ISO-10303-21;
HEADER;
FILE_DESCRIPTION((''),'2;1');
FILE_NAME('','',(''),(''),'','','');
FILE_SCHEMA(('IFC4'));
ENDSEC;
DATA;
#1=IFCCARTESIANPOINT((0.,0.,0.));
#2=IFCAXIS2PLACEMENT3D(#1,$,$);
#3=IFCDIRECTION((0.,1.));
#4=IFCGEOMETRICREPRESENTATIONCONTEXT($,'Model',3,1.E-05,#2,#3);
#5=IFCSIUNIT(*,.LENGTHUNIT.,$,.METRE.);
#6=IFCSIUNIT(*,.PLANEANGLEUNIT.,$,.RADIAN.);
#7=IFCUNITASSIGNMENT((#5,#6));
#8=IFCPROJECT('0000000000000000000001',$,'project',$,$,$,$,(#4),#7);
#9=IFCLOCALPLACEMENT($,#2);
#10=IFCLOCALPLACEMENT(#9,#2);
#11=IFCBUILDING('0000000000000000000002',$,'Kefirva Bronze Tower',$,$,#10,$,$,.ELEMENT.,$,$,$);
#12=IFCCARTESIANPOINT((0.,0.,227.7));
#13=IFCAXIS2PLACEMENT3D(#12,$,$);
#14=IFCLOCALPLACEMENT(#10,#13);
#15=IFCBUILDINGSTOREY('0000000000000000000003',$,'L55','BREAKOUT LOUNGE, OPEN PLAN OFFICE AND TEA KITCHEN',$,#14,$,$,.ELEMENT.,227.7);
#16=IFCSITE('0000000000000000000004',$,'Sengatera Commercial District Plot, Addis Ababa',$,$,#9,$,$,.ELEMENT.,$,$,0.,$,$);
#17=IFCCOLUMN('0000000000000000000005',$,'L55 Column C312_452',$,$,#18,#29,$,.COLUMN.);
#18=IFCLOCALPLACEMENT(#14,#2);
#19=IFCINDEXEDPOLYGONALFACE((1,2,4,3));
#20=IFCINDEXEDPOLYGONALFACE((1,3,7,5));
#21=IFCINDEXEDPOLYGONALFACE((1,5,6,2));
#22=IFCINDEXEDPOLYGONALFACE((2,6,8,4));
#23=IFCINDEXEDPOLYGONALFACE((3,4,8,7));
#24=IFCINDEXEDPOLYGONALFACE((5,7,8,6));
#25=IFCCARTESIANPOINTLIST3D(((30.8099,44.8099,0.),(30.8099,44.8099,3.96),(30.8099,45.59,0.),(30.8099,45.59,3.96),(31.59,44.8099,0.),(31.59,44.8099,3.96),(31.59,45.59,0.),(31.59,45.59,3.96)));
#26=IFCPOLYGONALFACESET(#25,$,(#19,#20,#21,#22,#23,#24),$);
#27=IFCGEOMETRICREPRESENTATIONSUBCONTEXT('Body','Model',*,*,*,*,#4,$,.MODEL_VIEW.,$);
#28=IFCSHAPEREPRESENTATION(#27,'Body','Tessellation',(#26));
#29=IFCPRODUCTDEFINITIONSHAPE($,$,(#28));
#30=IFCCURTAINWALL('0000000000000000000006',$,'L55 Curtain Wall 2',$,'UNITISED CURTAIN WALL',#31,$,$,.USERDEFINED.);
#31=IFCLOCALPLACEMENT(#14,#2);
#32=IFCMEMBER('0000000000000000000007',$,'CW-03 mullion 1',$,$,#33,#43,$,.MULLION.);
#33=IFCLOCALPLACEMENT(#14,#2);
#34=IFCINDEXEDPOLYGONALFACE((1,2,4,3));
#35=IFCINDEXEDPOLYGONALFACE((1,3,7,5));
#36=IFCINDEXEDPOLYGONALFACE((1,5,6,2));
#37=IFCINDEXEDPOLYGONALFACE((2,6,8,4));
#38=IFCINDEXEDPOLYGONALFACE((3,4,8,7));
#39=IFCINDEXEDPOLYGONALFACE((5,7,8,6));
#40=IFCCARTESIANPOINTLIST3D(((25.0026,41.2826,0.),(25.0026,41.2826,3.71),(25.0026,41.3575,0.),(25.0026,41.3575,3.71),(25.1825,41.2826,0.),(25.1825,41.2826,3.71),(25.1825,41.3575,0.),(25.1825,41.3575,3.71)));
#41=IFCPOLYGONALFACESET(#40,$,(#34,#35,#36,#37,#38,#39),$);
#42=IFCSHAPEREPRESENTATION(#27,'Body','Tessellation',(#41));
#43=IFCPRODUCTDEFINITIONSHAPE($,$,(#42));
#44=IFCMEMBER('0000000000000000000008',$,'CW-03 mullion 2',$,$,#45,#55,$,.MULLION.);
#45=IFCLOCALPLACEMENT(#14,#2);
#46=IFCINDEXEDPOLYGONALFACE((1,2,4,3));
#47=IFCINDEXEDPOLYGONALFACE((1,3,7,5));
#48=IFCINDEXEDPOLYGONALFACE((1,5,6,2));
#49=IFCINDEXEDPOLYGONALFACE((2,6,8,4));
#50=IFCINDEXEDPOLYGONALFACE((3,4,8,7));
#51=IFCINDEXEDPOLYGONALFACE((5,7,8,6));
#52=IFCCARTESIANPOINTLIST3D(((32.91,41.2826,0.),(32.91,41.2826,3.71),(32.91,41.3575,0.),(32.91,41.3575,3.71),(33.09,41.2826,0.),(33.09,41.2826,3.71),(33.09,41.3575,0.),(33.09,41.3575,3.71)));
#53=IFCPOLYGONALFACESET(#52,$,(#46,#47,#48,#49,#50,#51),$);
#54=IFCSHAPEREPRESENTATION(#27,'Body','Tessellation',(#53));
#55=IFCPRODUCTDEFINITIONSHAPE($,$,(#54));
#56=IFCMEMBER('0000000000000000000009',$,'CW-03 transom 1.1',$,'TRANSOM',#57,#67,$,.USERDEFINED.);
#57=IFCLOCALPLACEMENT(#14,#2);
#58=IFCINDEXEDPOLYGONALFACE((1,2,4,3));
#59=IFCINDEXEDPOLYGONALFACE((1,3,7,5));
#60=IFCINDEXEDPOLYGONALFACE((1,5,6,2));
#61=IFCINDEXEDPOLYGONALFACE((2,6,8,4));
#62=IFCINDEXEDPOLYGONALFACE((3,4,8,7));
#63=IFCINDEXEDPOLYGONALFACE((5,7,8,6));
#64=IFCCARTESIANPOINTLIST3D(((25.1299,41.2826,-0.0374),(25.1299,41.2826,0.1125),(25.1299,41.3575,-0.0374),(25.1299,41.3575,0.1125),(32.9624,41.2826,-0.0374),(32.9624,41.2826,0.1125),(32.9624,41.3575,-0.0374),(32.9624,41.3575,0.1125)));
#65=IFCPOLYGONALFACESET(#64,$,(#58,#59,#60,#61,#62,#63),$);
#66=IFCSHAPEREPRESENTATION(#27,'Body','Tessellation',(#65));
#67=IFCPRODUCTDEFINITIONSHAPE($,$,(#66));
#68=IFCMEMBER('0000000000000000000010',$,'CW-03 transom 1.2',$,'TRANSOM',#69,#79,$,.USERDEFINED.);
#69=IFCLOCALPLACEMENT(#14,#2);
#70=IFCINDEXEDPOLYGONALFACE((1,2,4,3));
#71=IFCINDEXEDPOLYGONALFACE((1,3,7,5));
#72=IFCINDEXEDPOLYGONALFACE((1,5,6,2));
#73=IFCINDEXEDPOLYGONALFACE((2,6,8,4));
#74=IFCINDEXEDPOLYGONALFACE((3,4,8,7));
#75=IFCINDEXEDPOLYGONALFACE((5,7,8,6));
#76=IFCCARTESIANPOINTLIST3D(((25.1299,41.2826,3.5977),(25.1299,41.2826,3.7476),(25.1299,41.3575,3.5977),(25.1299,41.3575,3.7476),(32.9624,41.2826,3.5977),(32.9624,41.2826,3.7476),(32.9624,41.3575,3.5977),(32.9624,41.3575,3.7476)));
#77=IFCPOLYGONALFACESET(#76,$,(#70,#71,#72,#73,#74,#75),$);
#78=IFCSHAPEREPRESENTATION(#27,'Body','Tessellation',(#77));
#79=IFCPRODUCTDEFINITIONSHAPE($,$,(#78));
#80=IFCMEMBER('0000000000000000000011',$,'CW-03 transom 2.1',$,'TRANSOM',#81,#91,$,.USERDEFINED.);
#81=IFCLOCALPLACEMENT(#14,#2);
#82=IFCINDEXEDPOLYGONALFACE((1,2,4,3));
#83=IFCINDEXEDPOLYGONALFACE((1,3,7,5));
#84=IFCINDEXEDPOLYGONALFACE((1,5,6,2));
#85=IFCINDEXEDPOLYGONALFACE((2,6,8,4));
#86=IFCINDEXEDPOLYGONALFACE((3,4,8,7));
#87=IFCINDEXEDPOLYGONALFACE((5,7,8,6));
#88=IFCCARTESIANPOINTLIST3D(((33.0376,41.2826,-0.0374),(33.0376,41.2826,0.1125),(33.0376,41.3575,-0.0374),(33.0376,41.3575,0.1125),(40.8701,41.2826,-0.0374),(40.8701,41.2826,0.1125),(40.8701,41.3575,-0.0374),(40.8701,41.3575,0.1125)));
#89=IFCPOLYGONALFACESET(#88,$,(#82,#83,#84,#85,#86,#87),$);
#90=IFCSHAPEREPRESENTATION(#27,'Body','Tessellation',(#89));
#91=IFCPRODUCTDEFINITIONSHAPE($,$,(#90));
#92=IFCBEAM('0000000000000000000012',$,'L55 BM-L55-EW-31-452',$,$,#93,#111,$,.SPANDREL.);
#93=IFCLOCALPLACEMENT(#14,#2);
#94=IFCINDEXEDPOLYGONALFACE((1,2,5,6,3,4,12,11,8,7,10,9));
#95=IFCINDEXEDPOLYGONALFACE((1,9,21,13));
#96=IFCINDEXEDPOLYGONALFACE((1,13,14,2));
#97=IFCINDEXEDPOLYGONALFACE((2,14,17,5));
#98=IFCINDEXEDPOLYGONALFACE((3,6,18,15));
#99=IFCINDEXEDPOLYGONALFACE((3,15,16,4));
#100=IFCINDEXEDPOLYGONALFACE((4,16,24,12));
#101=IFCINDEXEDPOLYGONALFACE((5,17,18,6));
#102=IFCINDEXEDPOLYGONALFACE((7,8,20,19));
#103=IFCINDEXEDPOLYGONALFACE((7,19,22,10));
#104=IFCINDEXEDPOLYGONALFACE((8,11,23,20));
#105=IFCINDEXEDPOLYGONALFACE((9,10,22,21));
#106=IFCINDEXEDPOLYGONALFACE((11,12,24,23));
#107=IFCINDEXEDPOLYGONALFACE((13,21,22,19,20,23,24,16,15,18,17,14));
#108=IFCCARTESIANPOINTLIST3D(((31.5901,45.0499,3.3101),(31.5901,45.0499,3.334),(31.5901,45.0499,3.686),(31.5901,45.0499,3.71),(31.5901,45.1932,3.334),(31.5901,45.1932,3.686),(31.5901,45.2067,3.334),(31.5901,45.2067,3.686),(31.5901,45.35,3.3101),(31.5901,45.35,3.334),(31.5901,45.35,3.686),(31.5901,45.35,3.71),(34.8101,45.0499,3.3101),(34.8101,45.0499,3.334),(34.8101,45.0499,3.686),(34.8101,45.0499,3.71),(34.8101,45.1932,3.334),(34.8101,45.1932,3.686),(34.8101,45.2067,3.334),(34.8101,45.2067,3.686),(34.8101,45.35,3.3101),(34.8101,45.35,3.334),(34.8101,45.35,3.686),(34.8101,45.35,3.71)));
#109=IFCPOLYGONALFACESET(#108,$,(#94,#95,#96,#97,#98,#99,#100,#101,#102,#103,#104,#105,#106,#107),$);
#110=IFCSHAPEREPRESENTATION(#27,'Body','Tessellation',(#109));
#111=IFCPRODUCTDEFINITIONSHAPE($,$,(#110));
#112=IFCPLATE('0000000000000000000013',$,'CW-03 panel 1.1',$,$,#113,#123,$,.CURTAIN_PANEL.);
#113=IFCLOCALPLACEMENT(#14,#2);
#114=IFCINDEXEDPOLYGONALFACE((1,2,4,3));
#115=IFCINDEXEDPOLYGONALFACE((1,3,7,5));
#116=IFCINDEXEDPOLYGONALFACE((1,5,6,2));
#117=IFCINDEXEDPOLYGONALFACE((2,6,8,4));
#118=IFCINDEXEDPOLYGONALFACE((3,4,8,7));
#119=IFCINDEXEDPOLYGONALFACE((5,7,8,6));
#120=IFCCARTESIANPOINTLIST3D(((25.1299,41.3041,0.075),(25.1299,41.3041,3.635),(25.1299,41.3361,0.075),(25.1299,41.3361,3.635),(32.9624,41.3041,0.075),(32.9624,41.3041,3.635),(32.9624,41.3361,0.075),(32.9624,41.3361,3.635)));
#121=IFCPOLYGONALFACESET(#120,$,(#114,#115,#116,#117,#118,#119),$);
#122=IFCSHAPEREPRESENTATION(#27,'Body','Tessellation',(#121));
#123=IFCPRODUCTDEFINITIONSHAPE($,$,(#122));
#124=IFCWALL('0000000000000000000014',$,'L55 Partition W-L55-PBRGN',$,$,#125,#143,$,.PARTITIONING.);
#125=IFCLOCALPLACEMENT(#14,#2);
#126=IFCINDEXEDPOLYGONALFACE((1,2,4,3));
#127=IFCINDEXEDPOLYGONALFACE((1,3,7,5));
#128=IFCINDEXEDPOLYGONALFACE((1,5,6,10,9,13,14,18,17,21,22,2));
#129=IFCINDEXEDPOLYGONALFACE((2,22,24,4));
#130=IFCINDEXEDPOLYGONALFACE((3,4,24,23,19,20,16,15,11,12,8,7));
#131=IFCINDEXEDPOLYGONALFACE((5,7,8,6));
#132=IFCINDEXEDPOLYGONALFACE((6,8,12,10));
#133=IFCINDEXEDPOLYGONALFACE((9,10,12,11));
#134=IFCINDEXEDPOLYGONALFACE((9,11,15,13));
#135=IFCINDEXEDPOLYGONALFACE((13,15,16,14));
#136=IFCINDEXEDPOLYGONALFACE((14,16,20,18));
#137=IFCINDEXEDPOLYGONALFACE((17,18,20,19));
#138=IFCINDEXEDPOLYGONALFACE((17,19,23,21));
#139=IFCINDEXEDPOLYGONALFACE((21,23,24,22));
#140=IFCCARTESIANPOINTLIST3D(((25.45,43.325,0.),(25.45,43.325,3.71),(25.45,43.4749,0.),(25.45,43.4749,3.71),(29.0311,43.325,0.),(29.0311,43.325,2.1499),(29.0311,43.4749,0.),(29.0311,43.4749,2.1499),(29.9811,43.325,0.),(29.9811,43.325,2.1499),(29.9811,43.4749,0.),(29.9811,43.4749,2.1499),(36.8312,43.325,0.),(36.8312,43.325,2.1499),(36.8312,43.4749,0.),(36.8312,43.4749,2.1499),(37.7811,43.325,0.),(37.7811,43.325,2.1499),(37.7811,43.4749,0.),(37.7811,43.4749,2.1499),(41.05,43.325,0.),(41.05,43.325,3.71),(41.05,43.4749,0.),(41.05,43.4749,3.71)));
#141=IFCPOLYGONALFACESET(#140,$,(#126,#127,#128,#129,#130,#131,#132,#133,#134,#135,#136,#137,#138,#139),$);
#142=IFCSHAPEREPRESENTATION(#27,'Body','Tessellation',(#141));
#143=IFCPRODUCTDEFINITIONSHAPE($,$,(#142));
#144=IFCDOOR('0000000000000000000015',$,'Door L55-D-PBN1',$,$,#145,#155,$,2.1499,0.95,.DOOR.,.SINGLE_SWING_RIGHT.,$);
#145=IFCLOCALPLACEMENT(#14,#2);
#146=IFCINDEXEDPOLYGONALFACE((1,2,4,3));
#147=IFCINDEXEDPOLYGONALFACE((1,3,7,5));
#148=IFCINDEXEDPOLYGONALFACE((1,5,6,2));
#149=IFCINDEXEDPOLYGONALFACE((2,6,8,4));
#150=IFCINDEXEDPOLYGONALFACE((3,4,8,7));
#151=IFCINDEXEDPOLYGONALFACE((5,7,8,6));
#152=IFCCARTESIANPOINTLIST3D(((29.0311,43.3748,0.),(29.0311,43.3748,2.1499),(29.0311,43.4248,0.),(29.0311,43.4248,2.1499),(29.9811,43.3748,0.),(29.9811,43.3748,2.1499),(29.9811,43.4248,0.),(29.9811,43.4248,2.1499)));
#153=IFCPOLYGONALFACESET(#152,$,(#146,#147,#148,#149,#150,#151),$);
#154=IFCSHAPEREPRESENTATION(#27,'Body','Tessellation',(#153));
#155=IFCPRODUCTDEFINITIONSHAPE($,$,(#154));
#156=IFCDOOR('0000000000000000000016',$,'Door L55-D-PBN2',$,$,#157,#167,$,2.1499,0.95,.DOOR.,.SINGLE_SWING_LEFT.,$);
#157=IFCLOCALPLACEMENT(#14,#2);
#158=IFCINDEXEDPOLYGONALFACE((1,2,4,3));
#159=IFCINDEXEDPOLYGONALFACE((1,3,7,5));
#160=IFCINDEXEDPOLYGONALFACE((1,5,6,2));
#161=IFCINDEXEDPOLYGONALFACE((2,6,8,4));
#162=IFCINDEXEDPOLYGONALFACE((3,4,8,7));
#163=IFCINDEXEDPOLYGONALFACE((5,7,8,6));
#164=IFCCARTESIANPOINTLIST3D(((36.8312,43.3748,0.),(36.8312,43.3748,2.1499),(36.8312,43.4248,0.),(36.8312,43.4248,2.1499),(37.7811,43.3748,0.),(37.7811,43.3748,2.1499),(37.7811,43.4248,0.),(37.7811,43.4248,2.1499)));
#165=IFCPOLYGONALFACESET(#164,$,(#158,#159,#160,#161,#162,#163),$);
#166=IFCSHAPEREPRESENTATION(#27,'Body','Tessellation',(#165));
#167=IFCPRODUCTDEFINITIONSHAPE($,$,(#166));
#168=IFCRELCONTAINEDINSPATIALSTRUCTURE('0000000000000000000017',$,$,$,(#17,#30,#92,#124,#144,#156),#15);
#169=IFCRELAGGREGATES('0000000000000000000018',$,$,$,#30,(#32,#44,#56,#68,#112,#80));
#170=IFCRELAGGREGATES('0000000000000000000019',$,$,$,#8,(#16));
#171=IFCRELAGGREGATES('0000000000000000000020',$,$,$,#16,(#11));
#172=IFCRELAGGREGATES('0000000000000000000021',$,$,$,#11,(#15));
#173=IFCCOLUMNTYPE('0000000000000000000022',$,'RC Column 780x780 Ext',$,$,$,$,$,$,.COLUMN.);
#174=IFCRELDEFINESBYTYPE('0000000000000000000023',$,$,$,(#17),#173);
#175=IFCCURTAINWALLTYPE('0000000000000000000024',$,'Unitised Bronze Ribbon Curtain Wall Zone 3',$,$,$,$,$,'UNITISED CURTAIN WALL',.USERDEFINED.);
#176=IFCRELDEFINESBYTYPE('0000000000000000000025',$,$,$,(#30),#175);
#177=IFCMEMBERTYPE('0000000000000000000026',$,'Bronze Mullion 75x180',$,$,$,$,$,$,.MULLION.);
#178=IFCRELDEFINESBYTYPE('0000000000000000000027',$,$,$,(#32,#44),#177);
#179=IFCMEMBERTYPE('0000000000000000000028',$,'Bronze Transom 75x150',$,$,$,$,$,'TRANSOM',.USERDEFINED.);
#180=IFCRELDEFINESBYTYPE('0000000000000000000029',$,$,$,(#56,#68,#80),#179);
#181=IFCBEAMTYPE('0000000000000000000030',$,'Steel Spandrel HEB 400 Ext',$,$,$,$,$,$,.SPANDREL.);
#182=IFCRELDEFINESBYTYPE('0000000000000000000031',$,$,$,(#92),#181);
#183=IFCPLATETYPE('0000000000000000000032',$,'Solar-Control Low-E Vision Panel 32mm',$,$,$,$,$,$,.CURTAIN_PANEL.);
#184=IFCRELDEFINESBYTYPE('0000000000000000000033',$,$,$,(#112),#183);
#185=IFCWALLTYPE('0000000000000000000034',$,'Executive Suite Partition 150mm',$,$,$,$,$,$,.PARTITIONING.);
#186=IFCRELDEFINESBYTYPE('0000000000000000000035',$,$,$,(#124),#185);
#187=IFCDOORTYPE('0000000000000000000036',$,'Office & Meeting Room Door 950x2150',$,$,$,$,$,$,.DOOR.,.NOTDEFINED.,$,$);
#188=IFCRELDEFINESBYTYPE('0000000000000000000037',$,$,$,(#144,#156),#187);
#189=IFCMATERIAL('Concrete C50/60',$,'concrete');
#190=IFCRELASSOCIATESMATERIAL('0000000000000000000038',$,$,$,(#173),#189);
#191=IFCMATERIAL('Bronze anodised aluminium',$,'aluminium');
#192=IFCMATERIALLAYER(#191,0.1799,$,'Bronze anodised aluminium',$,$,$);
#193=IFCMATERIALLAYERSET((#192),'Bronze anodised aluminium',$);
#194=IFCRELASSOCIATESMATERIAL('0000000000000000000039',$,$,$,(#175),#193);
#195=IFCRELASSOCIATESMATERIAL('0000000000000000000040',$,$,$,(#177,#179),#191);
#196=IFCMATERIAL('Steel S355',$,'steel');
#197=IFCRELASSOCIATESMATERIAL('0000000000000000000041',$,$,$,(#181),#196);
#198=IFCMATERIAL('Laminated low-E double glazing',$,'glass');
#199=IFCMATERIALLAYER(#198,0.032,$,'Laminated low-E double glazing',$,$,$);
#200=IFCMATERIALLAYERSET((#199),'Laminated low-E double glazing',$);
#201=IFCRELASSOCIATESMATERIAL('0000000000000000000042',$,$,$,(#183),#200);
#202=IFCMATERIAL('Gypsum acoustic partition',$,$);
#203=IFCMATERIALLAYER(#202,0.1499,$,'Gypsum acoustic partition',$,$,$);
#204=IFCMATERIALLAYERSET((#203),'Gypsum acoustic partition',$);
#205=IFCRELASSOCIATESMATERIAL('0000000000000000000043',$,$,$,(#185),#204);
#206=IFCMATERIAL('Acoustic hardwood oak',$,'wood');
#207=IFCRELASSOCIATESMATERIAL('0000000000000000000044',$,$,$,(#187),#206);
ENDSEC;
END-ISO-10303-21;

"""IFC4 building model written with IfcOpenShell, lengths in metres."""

from ifc_helpers import new_model, si_unit, direction, frame, frame_2d, origin, origin_2d, place, context, subcontext, project, spatial, rectangle, i_section, extrude, material, layer, layer_set, material_profile, profile_set, type_object, element, fill, aggregate, save


model = new_model("IFC4")

# Units and contexts
model_context = context("Model", 3, precision=1e-05, world=origin(), true_north=direction((0.0, 1.0)))
body_context = subcontext(model_context, "Body", "Model", "MODEL_VIEW")
ifc_project = project(units=[si_unit("LENGTHUNIT", "METRE"), si_unit("PLANEANGLEUNIT", "RADIAN")], contexts=[model_context])

# Site, building, storey
site_placement = place(None, origin())
site = spatial("IfcSite", under=ifc_project, at=site_placement, Name="Sengatera Commercial District Plot, Addis Ababa", CompositionType="ELEMENT", RefElevation=0.0)
building_placement = place(site_placement, origin())
building = spatial("IfcBuilding", under=site, at=building_placement, Name="Kefirva Bronze Tower", CompositionType="ELEMENT")
storey_placement = place(building_placement, frame((0.0, 0.0, 227.7)))
storey = spatial("IfcBuildingStorey", under=building, at=storey_placement, Name="L55", Description="BREAKOUT LOUNGE, OPEN PLAN OFFICE AND TEA KITCHEN", CompositionType="ELEMENT", Elevation=227.7)

# Column
ifc_material_1 = material(Name="Concrete C50/60", Category="concrete")
ifc_material_profile_1 = material_profile(ifc_material_1, rectangle(XDim=0.78, YDim=0.78, at=origin_2d()), Name="RC 780x780")
ifc_profile_set_1 = profile_set([ifc_material_profile_1], Name="Concrete C50/60")
column_type = type_object("IfcColumnType", Name="RC Column 780x780 Ext", PredefinedType="COLUMN", material=ifc_profile_set_1)
column_placement = place(storey_placement, frame((31.2, 45.2, 0.0), z_axis=(0.0, 0.0, 1.0), x_axis=(1.0, 0.0, 0.0)))
element("IfcColumn", 1, at=column_placement, inside=storey, type_object=column_type, Name="L55 Column C312_452", PredefinedType="COLUMN", context=body_context, shape_type="SweptSolid", body=[
    extrude(rectangle(XDim=0.78, YDim=0.78, at=origin_2d()), origin(), (0.0, 0.0, 1.0), 3.96),
])

# Curtain wall, members
ifc_material_2 = material(Name="Bronze anodised aluminium", Category="aluminium")
ifc_layer_1 = layer(ifc_material_2, 0.1799, Name="Bronze anodised aluminium")
ifc_layer_set_1 = layer_set([ifc_layer_1], Name="Bronze anodised aluminium")
curtain_wall_type = type_object("IfcCurtainWallType", Name="Unitised Bronze Ribbon Curtain Wall Zone 3", ElementType="UNITISED CURTAIN WALL", PredefinedType="USERDEFINED", material=ifc_layer_set_1)
curtain_wall_placement = place(storey_placement, origin())
curtain_wall = element("IfcCurtainWall", 2, at=curtain_wall_placement, inside=storey, type_object=curtain_wall_type, Name="L55 Curtain Wall 2", ObjectType="UNITISED CURTAIN WALL", PredefinedType="USERDEFINED")
ifc_material_profile_2 = material_profile(ifc_material_2, rectangle(XDim=0.075, YDim=0.1799, at=origin_2d()), Name="ALU 75x180")
ifc_profile_set_2 = profile_set([ifc_material_profile_2], Name="Bronze anodised aluminium")
member_type_1 = type_object("IfcMemberType", Name="Bronze Mullion 75x180", PredefinedType="MULLION", material=ifc_profile_set_2)
member_1_placement = place(storey_placement, frame((25.0925, 41.3201, 0.0), z_axis=(0.0, 0.0, 1.0), x_axis=(0.0, 1.0, 0.0)))
member_1 = element("IfcMember", 3, at=member_1_placement, type_object=member_type_1, Name="CW-03 mullion 1", PredefinedType="MULLION", context=body_context, shape_type="SweptSolid", body=[
    extrude(rectangle(XDim=0.075, YDim=0.1799, at=origin_2d()), origin(), (0.0, 0.0, 1.0), 3.71),
])
member_2_placement = place(storey_placement, frame((33.0, 41.3201, 0.0), z_axis=(0.0, 0.0, 1.0), x_axis=(0.0, 1.0, 0.0)))
member_2 = element("IfcMember", 4, at=member_2_placement, type_object=member_type_1, Name="CW-03 mullion 2", PredefinedType="MULLION", context=body_context, shape_type="SweptSolid", body=[
    extrude(rectangle(XDim=0.075, YDim=0.1799, at=origin_2d()), origin(), (0.0, 0.0, 1.0), 3.71),
])
ifc_material_profile_3 = material_profile(ifc_material_2, rectangle(XDim=0.075, YDim=0.1499, at=origin_2d()), Name="ALU 75x150")
ifc_profile_set_3 = profile_set([ifc_material_profile_3], Name="Bronze anodised aluminium")
member_type_2 = type_object("IfcMemberType", Name="Bronze Transom 75x150", ElementType="TRANSOM", PredefinedType="USERDEFINED", material=ifc_profile_set_3)
member_3_placement = place(storey_placement, frame((25.1299, 41.3201, 0.0376), z_axis=(1.0, 0.0, 0.0), x_axis=(0.0, 1.0, 0.0)))
member_3 = element("IfcMember", 5, at=member_3_placement, type_object=member_type_2, Name="CW-03 transom 1.1", ObjectType="TRANSOM", PredefinedType="USERDEFINED", context=body_context, shape_type="SweptSolid", body=[
    extrude(rectangle(XDim=0.075, YDim=0.1499, at=origin_2d()), origin(), (0.0, 0.0, 1.0), 7.8325),
])
member_4_placement = place(storey_placement, frame((25.1299, 41.3201, 3.6726), z_axis=(1.0, 0.0, 0.0), x_axis=(0.0, 1.0, 0.0)))
member_4 = element("IfcMember", 6, at=member_4_placement, type_object=member_type_2, Name="CW-03 transom 1.2", ObjectType="TRANSOM", PredefinedType="USERDEFINED", context=body_context, shape_type="SweptSolid", body=[
    extrude(rectangle(XDim=0.075, YDim=0.1499, at=origin_2d()), origin(), (0.0, 0.0, 1.0), 7.8325),
])
member_5_placement = place(storey_placement, frame((33.0376, 41.3201, 0.0376), z_axis=(1.0, 0.0, 0.0), x_axis=(0.0, 1.0, 0.0)))
member_5 = element("IfcMember", 7, at=member_5_placement, type_object=member_type_2, Name="CW-03 transom 2.1", ObjectType="TRANSOM", PredefinedType="USERDEFINED", context=body_context, shape_type="SweptSolid", body=[
    extrude(rectangle(XDim=0.075, YDim=0.1499, at=origin_2d()), origin(), (0.0, 0.0, 1.0), 7.8325),
])

# Beam
ifc_material_3 = material(Name="Steel S355", Category="steel")
ifc_material_profile_4 = material_profile(ifc_material_3, i_section(OverallWidth=0.3, OverallDepth=0.3999, WebThickness=0.0134, FlangeThickness=0.0239, at=origin_2d()), Name="HEB 400")
ifc_profile_set_4 = profile_set([ifc_material_profile_4], Name="Steel S355")
beam_type = type_object("IfcBeamType", Name="Steel Spandrel HEB 400 Ext", PredefinedType="SPANDREL", material=ifc_profile_set_4)
beam_placement = place(storey_placement, frame((31.5901, 45.2, 3.51), z_axis=(1.0, 0.0, 0.0), x_axis=(0.0, 1.0, 0.0)))
element("IfcBeam", 8, at=beam_placement, inside=storey, type_object=beam_type, Name="L55 BM-L55-EW-31-452", PredefinedType="SPANDREL", context=body_context, shape_type="SweptSolid", body=[
    extrude(i_section(OverallWidth=0.3, OverallDepth=0.3999, WebThickness=0.0134, FlangeThickness=0.0239, at=origin_2d()), origin(), (0.0, 0.0, 1.0), 3.22),
])

# Plate
ifc_material_4 = material(Name="Laminated low-E double glazing", Category="glass")
ifc_layer_2 = layer(ifc_material_4, 0.032, Name="Laminated low-E double glazing")
ifc_layer_set_2 = layer_set([ifc_layer_2], Name="Laminated low-E double glazing")
plate_type = type_object("IfcPlateType", Name="Solar-Control Low-E Vision Panel 32mm", PredefinedType="CURTAIN_PANEL", material=ifc_layer_set_2)
plate_placement = place(storey_placement, frame((29.0461, 41.3201, 0.075), z_axis=(0.0, 0.0, 1.0), x_axis=(1.0, 0.0, 0.0)))
plate = element("IfcPlate", 9, at=plate_placement, type_object=plate_type, Name="CW-03 panel 1.1", PredefinedType="CURTAIN_PANEL", context=body_context, shape_type="SweptSolid", body=[
    extrude(rectangle(XDim=7.8325, YDim=0.032, at=origin_2d()), origin(), (0.0, 0.0, 1.0), 3.5601),
])
aggregate(curtain_wall, [member_1, member_2, member_3, member_4, plate, member_5])

# Wall, openings, doors
ifc_material_5 = material(Name="Gypsum acoustic partition")
ifc_layer_3 = layer(ifc_material_5, 0.1499, Name="Gypsum acoustic partition")
ifc_layer_set_3 = layer_set([ifc_layer_3], Name="Gypsum acoustic partition")
wall_type = type_object("IfcWallType", Name="Executive Suite Partition 150mm", PredefinedType="PARTITIONING", material=ifc_layer_set_3)
wall_1_placement = place(storey_placement, frame((25.45, 43.3999, 0.0), z_axis=(0.0, 0.0, 1.0), x_axis=(1.0, 0.0, 0.0)))
wall_1 = element("IfcWall", 10, at=wall_1_placement, inside=storey, type_object=wall_type, Name="L55 Partition W-L55-PBRGN", PredefinedType="PARTITIONING", context=body_context, shape_type="SweptSolid", body=[
    extrude(rectangle(XDim=15.6001, YDim=0.1499, at=frame_2d((7.8, 0.0))), origin(), (0.0, 0.0, 1.0), 3.71),
])
opening_1_placement = place(wall_1_placement, frame((3.5811, 0.0, 0.0)))
opening_1 = element("IfcOpeningElement", 11, at=opening_1_placement, cuts=wall_1, PredefinedType="OPENING", context=body_context, shape_type="SweptSolid", body=[
    extrude(rectangle(XDim=0.95, YDim=2.1499, at=frame_2d((0.4751, 1.075))), frame((0.0, 0.085, 0.0), z_axis=(0.0, -1.0, 0.0), x_axis=(1.0, 0.0, 0.0)), (0.0, 0.0, 1.0), 0.1699),
])
opening_2_placement = place(wall_1_placement, frame((11.3811, 0.0, 0.0)))
opening_2 = element("IfcOpeningElement", 12, at=opening_2_placement, cuts=wall_1, PredefinedType="OPENING", context=body_context, shape_type="SweptSolid", body=[
    extrude(rectangle(XDim=0.95, YDim=2.1499, at=frame_2d((0.4751, 1.075))), frame((0.0, 0.085, 0.0), z_axis=(0.0, -1.0, 0.0), x_axis=(1.0, 0.0, 0.0)), (0.0, 0.0, 1.0), 0.1699),
])
ifc_material_6 = material(Name="Acoustic hardwood oak", Category="wood")
door_type = type_object("IfcDoorType", Name="Office & Meeting Room Door 950x2150", OperationType="NOTDEFINED", PredefinedType="DOOR", material=ifc_material_6)
door_1_placement = place(opening_1_placement, origin())
door_1 = element("IfcDoor", 13, at=door_1_placement, inside=storey, type_object=door_type, Name="Door L55-D-PBN1", OperationType="SINGLE_SWING_RIGHT", OverallHeight=2.1499, OverallWidth=0.95, PredefinedType="DOOR", context=body_context, shape_type="SweptSolid", body=[
    extrude(rectangle(XDim=0.95, YDim=2.1499, at=frame_2d((0.4751, 1.075))), frame((0.0, 0.0249, 0.0), z_axis=(0.0, -1.0, 0.0), x_axis=(1.0, 0.0, 0.0)), (0.0, 0.0, 1.0), 0.05),
])
fill(opening_1, door_1)
door_2_placement = place(opening_2_placement, origin())
door_2 = element("IfcDoor", 14, at=door_2_placement, inside=storey, type_object=door_type, Name="Door L55-D-PBN2", OperationType="SINGLE_SWING_LEFT", OverallHeight=2.1499, OverallWidth=0.95, PredefinedType="DOOR", context=body_context, shape_type="SweptSolid", body=[
    extrude(rectangle(XDim=0.95, YDim=2.1499, at=frame_2d((0.4751, 1.075))), frame((0.0, 0.0249, 0.0), z_axis=(0.0, -1.0, 0.0), x_axis=(1.0, 0.0, 0.0)), (0.0, 0.0, 1.0), 0.05),
])
fill(opening_2, door_2)

save(model, "model.ifc")
